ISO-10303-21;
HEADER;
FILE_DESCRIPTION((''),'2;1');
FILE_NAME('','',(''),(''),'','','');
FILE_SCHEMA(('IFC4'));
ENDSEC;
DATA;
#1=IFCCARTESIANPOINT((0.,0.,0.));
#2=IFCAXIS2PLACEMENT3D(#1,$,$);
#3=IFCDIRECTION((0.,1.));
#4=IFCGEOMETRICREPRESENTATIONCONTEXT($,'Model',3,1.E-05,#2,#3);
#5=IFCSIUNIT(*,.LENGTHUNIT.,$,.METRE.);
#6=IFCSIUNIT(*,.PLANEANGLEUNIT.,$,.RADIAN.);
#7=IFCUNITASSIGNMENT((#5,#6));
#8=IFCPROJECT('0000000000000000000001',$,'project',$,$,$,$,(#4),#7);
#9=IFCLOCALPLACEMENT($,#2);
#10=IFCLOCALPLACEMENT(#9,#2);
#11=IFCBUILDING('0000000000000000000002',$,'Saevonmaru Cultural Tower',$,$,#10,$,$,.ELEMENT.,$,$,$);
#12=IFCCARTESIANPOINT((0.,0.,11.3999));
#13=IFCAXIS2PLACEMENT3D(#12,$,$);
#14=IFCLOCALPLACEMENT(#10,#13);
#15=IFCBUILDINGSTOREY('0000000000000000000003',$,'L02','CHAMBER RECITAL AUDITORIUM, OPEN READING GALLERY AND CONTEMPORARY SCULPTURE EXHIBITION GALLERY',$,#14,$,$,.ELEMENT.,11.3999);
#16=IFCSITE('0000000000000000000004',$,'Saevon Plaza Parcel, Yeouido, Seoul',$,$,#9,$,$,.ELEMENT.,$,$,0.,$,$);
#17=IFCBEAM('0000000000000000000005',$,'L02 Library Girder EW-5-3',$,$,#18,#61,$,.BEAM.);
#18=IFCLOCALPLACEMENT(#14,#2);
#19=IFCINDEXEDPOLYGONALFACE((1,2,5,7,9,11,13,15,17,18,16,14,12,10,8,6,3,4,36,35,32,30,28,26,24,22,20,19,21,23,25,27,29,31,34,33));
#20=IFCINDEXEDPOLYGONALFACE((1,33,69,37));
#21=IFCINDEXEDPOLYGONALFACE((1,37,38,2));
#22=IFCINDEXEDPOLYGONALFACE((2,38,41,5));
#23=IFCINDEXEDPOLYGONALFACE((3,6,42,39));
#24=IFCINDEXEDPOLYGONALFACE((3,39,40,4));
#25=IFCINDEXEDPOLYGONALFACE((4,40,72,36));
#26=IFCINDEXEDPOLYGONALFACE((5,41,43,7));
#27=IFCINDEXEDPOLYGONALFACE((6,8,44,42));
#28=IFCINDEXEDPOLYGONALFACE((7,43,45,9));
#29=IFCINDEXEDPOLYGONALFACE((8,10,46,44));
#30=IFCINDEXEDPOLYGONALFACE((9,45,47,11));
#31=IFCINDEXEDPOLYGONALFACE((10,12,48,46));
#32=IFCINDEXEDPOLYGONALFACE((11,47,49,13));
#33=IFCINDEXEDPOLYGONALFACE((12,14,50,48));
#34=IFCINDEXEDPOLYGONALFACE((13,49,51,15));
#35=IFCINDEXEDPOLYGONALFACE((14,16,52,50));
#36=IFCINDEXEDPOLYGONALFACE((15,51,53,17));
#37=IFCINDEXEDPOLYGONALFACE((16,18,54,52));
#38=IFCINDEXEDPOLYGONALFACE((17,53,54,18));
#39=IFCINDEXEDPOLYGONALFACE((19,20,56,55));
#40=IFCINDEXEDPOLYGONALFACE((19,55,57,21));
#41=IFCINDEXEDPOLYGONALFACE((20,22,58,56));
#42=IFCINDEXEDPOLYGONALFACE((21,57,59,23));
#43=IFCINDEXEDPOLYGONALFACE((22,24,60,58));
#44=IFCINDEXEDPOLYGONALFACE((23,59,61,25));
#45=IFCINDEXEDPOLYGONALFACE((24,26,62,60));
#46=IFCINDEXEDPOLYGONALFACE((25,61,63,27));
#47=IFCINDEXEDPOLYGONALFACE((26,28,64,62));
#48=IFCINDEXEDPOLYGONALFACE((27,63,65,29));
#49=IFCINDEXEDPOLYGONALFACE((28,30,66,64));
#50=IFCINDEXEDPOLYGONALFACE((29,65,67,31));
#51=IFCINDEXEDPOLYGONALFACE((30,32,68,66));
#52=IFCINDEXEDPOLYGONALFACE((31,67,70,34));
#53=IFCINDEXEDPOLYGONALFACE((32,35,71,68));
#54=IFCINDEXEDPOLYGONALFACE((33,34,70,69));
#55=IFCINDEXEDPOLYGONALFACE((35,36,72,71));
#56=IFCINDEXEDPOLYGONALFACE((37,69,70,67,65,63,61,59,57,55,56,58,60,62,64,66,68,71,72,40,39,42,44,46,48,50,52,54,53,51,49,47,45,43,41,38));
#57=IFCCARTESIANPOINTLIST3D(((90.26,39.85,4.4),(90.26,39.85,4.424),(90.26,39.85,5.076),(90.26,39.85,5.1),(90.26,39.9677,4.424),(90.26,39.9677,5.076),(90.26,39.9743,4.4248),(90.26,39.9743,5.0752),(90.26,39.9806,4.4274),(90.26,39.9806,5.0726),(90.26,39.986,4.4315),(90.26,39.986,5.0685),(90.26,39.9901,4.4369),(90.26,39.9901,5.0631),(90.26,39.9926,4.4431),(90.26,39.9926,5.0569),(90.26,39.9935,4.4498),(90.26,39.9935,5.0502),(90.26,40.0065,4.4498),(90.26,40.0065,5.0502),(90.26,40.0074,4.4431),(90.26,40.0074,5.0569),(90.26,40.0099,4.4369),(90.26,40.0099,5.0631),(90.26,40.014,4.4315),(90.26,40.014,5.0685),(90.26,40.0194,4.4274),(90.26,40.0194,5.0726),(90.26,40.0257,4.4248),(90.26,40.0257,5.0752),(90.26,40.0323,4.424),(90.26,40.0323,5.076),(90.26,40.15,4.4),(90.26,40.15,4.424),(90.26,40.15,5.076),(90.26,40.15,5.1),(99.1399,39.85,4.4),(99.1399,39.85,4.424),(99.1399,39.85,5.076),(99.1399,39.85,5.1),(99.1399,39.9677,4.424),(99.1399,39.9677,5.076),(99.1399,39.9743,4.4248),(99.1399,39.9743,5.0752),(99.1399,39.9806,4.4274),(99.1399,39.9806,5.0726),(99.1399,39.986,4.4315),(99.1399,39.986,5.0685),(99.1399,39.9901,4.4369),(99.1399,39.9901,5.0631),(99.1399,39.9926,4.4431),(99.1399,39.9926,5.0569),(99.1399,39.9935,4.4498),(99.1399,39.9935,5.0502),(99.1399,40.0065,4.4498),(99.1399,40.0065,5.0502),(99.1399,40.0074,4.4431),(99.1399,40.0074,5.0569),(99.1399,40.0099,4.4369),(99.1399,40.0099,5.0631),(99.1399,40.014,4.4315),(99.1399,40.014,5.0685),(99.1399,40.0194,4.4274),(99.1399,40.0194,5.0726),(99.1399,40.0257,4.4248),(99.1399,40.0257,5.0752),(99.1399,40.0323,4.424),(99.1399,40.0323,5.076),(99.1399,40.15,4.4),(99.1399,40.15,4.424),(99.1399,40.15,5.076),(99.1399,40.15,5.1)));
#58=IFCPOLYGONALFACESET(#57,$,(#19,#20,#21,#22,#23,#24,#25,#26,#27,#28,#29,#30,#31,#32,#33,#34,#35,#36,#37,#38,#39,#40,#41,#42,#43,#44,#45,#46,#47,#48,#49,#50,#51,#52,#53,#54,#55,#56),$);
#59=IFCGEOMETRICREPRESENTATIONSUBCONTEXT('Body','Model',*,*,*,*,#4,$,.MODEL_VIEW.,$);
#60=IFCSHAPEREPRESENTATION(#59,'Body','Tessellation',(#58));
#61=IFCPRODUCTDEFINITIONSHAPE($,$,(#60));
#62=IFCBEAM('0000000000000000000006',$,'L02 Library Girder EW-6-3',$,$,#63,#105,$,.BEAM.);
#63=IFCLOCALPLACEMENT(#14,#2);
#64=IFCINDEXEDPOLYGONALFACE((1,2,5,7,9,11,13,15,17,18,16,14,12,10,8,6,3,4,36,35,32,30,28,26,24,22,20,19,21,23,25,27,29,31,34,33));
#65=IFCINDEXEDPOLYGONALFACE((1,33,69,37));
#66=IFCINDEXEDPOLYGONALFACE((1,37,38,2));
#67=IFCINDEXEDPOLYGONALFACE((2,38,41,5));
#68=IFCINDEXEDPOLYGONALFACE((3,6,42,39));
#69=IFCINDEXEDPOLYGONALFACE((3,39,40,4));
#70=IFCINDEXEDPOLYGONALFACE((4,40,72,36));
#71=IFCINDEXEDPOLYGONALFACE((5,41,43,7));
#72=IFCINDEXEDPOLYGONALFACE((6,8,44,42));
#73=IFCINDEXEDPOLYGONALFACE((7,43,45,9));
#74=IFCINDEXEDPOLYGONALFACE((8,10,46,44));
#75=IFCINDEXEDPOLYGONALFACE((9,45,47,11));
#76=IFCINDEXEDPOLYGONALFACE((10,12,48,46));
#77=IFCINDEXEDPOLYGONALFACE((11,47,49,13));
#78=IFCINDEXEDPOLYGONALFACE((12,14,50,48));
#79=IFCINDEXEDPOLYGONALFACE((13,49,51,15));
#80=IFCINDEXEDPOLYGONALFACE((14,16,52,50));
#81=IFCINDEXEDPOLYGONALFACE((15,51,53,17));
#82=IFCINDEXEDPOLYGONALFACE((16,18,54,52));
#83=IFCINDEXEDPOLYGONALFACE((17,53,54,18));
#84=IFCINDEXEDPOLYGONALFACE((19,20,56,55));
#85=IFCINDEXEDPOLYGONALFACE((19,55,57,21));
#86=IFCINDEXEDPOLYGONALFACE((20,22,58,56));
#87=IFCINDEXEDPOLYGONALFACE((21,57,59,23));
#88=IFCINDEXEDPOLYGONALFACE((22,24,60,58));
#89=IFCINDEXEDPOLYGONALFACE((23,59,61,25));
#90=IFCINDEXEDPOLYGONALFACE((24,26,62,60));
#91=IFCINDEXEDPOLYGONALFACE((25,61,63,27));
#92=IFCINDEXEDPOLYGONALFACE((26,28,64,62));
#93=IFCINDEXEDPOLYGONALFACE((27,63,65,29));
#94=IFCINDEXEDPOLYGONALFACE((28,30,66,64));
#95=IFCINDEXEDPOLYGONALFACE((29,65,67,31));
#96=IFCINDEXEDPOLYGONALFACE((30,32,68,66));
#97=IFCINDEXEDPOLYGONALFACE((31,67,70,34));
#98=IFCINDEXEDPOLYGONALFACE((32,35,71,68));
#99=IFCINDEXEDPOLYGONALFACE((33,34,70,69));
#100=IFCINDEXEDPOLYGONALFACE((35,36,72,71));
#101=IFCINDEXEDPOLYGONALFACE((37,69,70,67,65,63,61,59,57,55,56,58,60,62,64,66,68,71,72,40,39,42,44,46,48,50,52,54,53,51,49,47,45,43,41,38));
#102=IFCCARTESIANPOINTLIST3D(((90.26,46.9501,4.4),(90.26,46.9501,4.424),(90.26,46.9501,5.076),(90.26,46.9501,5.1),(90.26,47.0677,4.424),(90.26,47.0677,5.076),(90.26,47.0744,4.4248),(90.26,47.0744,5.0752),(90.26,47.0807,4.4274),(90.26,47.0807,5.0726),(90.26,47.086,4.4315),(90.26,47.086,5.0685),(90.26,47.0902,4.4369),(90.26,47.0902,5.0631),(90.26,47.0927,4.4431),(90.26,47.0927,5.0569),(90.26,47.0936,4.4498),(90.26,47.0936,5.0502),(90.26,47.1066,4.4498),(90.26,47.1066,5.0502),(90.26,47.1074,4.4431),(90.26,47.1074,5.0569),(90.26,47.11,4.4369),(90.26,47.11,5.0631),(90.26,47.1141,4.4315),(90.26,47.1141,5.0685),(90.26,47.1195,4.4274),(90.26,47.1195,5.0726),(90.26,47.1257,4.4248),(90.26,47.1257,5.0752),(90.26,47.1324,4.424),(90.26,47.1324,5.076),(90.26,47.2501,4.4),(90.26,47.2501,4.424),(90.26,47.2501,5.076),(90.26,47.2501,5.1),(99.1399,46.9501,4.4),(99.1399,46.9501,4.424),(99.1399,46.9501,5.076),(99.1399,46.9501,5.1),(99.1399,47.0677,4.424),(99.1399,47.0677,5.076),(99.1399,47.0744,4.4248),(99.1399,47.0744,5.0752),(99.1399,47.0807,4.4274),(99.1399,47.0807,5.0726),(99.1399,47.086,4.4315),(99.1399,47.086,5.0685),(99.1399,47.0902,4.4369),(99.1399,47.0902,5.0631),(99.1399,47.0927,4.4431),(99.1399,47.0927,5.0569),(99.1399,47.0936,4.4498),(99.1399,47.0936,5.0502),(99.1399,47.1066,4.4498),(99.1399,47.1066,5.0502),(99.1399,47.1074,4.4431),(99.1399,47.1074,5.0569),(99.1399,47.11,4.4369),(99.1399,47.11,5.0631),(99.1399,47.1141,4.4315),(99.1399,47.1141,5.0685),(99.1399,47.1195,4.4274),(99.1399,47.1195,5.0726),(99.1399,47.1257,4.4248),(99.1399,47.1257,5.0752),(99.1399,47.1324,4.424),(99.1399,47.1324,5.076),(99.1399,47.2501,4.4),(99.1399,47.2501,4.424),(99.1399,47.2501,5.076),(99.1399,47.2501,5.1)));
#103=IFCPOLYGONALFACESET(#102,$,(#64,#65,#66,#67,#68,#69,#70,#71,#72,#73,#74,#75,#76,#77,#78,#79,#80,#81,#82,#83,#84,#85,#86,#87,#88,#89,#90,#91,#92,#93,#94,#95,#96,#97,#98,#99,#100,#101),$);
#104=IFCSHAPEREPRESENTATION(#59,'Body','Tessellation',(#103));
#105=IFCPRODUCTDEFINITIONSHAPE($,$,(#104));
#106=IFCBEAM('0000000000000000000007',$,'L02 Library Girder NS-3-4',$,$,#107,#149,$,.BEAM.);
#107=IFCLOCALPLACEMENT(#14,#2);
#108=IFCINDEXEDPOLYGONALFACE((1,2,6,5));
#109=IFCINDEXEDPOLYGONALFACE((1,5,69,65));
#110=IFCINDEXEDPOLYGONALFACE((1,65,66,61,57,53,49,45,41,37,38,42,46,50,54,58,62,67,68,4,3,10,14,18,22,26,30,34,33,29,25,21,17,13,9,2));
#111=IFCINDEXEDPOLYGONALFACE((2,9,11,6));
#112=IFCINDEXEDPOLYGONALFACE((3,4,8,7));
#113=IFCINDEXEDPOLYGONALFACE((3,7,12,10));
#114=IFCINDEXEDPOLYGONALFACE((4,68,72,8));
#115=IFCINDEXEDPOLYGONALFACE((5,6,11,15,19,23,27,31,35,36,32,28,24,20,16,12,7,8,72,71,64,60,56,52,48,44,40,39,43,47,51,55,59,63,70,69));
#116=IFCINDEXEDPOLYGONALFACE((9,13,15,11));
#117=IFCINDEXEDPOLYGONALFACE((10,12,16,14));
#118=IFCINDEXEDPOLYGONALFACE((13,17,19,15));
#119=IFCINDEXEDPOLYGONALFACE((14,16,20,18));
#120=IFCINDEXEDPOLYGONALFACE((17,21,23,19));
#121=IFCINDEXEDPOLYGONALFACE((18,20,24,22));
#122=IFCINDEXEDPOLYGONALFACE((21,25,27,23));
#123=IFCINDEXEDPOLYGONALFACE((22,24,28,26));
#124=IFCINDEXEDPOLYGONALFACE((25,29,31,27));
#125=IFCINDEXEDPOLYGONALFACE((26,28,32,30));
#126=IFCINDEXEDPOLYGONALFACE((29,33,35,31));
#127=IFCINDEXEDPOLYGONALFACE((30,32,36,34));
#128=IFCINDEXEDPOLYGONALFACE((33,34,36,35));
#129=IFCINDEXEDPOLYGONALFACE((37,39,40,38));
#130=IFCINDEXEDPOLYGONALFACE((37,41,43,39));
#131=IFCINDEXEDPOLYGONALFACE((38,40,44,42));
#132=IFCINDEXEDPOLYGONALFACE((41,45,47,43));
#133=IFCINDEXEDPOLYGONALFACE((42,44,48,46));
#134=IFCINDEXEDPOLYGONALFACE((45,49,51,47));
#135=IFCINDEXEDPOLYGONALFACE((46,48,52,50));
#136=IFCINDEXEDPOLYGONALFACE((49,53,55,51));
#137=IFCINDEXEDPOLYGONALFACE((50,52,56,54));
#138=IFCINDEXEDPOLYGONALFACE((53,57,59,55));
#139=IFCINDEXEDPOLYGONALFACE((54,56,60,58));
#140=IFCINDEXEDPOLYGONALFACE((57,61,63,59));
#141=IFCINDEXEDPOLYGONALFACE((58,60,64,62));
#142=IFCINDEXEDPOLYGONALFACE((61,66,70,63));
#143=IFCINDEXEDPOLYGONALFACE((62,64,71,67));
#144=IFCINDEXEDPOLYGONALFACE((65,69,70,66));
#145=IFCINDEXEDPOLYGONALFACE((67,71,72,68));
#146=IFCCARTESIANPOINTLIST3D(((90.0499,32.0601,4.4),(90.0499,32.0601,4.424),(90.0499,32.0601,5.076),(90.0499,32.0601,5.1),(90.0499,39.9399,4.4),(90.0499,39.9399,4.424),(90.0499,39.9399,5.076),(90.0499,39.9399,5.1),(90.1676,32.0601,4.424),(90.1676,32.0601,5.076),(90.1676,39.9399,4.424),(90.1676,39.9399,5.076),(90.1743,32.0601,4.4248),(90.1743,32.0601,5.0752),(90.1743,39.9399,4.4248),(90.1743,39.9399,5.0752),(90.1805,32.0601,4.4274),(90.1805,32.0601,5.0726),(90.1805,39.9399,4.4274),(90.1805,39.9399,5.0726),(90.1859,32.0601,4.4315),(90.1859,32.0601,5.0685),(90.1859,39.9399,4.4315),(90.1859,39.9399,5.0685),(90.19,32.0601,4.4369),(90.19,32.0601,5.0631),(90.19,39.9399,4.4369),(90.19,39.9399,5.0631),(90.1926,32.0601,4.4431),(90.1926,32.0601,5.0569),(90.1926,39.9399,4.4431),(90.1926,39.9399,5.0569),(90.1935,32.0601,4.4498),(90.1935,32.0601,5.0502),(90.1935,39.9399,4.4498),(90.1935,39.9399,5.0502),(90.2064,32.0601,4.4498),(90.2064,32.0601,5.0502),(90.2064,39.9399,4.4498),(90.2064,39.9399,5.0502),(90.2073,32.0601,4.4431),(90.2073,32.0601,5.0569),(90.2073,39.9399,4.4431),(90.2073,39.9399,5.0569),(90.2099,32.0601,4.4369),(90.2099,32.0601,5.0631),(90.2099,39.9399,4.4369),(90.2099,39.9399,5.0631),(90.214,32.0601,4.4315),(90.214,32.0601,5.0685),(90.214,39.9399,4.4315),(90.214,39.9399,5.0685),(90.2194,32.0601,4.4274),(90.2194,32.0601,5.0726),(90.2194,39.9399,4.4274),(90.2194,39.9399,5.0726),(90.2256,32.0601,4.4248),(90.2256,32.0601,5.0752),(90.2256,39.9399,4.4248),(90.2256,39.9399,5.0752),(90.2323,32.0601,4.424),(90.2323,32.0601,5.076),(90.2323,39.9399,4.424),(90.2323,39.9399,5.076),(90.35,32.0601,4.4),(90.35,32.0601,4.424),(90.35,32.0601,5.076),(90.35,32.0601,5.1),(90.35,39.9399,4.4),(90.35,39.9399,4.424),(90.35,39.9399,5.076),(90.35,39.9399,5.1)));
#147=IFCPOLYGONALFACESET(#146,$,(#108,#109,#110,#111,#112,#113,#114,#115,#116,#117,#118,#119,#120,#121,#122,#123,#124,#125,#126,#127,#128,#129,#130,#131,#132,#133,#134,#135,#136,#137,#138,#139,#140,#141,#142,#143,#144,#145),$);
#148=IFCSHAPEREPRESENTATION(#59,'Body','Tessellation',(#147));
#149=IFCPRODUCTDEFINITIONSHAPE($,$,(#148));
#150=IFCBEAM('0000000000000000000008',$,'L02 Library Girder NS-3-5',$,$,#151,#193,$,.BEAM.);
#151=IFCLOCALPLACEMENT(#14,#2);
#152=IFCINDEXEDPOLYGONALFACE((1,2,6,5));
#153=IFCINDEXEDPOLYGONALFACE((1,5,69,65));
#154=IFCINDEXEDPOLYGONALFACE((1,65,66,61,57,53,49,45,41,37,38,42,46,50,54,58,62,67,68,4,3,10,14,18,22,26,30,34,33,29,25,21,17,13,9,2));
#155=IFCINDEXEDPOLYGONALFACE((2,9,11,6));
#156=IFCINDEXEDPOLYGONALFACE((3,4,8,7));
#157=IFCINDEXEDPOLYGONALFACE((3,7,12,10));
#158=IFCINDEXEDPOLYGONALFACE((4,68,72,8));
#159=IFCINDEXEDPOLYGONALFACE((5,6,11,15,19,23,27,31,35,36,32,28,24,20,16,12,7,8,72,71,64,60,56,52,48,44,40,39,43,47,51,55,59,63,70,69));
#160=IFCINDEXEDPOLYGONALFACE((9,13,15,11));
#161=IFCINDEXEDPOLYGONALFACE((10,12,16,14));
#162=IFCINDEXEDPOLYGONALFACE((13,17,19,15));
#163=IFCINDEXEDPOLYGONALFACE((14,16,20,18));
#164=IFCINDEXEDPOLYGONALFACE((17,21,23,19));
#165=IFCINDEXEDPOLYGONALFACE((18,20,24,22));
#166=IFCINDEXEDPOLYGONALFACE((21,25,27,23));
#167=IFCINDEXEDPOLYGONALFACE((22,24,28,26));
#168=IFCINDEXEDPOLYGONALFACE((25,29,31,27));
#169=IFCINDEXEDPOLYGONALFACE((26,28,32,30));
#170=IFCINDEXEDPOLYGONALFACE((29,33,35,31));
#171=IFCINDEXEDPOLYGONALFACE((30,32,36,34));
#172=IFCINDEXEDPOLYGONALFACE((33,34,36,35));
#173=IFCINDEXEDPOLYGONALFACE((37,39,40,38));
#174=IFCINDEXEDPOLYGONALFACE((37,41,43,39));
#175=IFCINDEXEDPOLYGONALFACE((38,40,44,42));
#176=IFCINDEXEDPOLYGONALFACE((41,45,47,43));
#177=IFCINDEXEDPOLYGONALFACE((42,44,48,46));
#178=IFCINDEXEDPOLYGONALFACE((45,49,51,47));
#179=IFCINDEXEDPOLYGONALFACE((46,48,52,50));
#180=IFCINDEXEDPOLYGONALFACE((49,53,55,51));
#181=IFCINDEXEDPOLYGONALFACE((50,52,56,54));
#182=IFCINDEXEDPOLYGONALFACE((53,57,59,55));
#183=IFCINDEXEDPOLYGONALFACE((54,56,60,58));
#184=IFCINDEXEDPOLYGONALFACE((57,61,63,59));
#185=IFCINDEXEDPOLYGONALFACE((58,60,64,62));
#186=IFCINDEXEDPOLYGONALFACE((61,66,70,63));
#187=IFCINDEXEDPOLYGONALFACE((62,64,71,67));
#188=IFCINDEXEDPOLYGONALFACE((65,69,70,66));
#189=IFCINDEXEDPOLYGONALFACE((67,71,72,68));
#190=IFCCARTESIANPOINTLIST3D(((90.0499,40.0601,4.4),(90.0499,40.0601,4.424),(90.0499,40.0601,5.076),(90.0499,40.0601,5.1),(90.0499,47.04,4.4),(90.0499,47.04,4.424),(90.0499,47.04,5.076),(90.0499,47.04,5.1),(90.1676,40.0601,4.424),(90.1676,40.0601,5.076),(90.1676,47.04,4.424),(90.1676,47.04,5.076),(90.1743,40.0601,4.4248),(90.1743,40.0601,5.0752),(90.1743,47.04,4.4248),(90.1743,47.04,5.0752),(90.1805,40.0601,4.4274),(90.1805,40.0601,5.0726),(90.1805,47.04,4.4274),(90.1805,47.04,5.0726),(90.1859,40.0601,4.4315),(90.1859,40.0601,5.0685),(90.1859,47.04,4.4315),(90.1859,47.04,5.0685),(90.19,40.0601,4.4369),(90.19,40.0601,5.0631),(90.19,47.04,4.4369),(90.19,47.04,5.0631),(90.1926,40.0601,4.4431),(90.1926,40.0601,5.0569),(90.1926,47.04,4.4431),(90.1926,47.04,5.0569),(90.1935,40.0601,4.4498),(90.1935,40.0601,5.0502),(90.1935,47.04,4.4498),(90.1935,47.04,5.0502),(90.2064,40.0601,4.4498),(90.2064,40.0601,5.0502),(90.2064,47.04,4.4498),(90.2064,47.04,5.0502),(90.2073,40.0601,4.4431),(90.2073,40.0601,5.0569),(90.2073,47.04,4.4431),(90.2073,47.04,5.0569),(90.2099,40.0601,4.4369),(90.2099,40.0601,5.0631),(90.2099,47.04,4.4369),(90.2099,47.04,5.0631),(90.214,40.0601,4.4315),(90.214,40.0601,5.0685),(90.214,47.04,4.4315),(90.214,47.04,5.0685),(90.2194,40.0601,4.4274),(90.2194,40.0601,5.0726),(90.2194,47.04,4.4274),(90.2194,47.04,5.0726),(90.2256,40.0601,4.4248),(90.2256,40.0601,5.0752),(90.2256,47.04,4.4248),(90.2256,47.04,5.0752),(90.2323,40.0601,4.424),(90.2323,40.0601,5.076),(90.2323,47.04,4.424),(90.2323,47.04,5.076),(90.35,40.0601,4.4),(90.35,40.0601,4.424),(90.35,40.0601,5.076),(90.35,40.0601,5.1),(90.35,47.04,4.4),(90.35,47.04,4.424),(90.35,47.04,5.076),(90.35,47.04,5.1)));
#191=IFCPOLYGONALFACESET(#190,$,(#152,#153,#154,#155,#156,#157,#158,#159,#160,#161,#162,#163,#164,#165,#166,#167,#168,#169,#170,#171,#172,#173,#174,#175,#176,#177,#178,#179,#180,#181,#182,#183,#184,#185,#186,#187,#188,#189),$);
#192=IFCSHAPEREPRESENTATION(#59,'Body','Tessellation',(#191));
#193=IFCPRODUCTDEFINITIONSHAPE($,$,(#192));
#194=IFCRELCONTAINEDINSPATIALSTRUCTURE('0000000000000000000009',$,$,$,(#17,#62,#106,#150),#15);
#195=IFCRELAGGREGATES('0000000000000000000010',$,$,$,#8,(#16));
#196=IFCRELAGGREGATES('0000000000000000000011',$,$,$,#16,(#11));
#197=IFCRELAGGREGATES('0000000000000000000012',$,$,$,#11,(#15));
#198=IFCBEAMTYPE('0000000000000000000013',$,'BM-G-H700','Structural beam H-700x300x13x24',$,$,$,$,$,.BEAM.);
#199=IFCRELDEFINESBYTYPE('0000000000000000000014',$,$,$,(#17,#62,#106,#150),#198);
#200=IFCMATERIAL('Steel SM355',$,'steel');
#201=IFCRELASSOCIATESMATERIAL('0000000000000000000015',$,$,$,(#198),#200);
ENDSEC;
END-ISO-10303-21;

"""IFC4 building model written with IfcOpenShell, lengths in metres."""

from ifc_helpers import new_model, si_unit, direction, frame, origin, origin_2d, place, context, subcontext, project, spatial, i_section, extrude, material, material_profile, profile_set, type_object, element, save


model = new_model("IFC4")

# Units and contexts
model_context = context("Model", 3, precision=1e-05, world=origin(), true_north=direction((0.0, 1.0)))
body_context = subcontext(model_context, "Body", "Model", "MODEL_VIEW")
ifc_project = project(units=[si_unit("LENGTHUNIT", "METRE"), si_unit("PLANEANGLEUNIT", "RADIAN")], contexts=[model_context])

# Site, building, storey
site_placement = place(None, origin())
site = spatial("IfcSite", under=ifc_project, at=site_placement, Name="Saevon Plaza Parcel, Yeouido, Seoul", CompositionType="ELEMENT", RefElevation=0.0)
building_placement = place(site_placement, origin())
building = spatial("IfcBuilding", under=site, at=building_placement, Name="Saevonmaru Cultural Tower", CompositionType="ELEMENT")
storey_placement = place(building_placement, frame((0.0, 0.0, 11.3999)))
storey = spatial("IfcBuildingStorey", under=building, at=storey_placement, Name="L02", Description="CHAMBER RECITAL AUDITORIUM, OPEN READING GALLERY AND CONTEMPORARY SCULPTURE EXHIBITION GALLERY", CompositionType="ELEMENT", Elevation=11.3999)

# Shared definitions
ifc_material_1 = material(Name="Steel SM355", Category="steel")

# Beams
ifc_material_profile_1 = material_profile(ifc_material_1, i_section(OverallWidth=0.3, OverallDepth=0.7, WebThickness=0.0129, FlangeThickness=0.0239, FilletRadius=0.0259, at=origin_2d()), Name="H-700x300x13x24")
ifc_profile_set_1 = profile_set([ifc_material_profile_1], Name="Steel SM355")
beam_type = type_object("IfcBeamType", Name="BM-G-H700", Description="Structural beam H-700x300x13x24", PredefinedType="BEAM", material=ifc_profile_set_1)
for number, where, z_axis, x_axis, name in (
    (1, (90.26, 40.0, 4.75), (1.0, 0.0, 0.0), (0.0, 1.0, 0.0), "L02 Library Girder EW-5-3"),
    (2, (90.26, 47.1001, 4.75), (1.0, 0.0, 0.0), (0.0, 1.0, 0.0), "L02 Library Girder EW-6-3"),
):
    element("IfcBeam", number, at=place(storey_placement, frame(where, z_axis=z_axis, x_axis=x_axis)), inside=storey, type_object=beam_type, Name=name, PredefinedType="BEAM", context=body_context, shape_type="SweptSolid", body=[
        extrude(i_section(OverallWidth=0.3, OverallDepth=0.7, WebThickness=0.0129, FlangeThickness=0.0239, FilletRadius=0.0259, at=origin_2d()), origin(), (0.0, 0.0, 1.0), 8.8799),
    ])
beam_1_placement = place(storey_placement, frame((90.2, 32.0601, 4.75), z_axis=(0.0, 1.0, 0.0), x_axis=(-1.0, 0.0, 0.0)))
element("IfcBeam", 3, at=beam_1_placement, inside=storey, type_object=beam_type, Name="L02 Library Girder NS-3-4", PredefinedType="BEAM", context=body_context, shape_type="SweptSolid", body=[
    extrude(i_section(OverallWidth=0.3, OverallDepth=0.7, WebThickness=0.0129, FlangeThickness=0.0239, FilletRadius=0.0259, at=origin_2d()), origin(), (0.0, 0.0, 1.0), 7.8799),
])
beam_2_placement = place(storey_placement, frame((90.2, 40.0601, 4.75), z_axis=(0.0, 1.0, 0.0), x_axis=(-1.0, 0.0, 0.0)))
element("IfcBeam", 4, at=beam_2_placement, inside=storey, type_object=beam_type, Name="L02 Library Girder NS-3-5", PredefinedType="BEAM", context=body_context, shape_type="SweptSolid", body=[
    extrude(i_section(OverallWidth=0.3, OverallDepth=0.7, WebThickness=0.0129, FlangeThickness=0.0239, FilletRadius=0.0259, at=origin_2d()), origin(), (0.0, 0.0, 1.0), 6.98),
])

save(model, "model.ifc")
